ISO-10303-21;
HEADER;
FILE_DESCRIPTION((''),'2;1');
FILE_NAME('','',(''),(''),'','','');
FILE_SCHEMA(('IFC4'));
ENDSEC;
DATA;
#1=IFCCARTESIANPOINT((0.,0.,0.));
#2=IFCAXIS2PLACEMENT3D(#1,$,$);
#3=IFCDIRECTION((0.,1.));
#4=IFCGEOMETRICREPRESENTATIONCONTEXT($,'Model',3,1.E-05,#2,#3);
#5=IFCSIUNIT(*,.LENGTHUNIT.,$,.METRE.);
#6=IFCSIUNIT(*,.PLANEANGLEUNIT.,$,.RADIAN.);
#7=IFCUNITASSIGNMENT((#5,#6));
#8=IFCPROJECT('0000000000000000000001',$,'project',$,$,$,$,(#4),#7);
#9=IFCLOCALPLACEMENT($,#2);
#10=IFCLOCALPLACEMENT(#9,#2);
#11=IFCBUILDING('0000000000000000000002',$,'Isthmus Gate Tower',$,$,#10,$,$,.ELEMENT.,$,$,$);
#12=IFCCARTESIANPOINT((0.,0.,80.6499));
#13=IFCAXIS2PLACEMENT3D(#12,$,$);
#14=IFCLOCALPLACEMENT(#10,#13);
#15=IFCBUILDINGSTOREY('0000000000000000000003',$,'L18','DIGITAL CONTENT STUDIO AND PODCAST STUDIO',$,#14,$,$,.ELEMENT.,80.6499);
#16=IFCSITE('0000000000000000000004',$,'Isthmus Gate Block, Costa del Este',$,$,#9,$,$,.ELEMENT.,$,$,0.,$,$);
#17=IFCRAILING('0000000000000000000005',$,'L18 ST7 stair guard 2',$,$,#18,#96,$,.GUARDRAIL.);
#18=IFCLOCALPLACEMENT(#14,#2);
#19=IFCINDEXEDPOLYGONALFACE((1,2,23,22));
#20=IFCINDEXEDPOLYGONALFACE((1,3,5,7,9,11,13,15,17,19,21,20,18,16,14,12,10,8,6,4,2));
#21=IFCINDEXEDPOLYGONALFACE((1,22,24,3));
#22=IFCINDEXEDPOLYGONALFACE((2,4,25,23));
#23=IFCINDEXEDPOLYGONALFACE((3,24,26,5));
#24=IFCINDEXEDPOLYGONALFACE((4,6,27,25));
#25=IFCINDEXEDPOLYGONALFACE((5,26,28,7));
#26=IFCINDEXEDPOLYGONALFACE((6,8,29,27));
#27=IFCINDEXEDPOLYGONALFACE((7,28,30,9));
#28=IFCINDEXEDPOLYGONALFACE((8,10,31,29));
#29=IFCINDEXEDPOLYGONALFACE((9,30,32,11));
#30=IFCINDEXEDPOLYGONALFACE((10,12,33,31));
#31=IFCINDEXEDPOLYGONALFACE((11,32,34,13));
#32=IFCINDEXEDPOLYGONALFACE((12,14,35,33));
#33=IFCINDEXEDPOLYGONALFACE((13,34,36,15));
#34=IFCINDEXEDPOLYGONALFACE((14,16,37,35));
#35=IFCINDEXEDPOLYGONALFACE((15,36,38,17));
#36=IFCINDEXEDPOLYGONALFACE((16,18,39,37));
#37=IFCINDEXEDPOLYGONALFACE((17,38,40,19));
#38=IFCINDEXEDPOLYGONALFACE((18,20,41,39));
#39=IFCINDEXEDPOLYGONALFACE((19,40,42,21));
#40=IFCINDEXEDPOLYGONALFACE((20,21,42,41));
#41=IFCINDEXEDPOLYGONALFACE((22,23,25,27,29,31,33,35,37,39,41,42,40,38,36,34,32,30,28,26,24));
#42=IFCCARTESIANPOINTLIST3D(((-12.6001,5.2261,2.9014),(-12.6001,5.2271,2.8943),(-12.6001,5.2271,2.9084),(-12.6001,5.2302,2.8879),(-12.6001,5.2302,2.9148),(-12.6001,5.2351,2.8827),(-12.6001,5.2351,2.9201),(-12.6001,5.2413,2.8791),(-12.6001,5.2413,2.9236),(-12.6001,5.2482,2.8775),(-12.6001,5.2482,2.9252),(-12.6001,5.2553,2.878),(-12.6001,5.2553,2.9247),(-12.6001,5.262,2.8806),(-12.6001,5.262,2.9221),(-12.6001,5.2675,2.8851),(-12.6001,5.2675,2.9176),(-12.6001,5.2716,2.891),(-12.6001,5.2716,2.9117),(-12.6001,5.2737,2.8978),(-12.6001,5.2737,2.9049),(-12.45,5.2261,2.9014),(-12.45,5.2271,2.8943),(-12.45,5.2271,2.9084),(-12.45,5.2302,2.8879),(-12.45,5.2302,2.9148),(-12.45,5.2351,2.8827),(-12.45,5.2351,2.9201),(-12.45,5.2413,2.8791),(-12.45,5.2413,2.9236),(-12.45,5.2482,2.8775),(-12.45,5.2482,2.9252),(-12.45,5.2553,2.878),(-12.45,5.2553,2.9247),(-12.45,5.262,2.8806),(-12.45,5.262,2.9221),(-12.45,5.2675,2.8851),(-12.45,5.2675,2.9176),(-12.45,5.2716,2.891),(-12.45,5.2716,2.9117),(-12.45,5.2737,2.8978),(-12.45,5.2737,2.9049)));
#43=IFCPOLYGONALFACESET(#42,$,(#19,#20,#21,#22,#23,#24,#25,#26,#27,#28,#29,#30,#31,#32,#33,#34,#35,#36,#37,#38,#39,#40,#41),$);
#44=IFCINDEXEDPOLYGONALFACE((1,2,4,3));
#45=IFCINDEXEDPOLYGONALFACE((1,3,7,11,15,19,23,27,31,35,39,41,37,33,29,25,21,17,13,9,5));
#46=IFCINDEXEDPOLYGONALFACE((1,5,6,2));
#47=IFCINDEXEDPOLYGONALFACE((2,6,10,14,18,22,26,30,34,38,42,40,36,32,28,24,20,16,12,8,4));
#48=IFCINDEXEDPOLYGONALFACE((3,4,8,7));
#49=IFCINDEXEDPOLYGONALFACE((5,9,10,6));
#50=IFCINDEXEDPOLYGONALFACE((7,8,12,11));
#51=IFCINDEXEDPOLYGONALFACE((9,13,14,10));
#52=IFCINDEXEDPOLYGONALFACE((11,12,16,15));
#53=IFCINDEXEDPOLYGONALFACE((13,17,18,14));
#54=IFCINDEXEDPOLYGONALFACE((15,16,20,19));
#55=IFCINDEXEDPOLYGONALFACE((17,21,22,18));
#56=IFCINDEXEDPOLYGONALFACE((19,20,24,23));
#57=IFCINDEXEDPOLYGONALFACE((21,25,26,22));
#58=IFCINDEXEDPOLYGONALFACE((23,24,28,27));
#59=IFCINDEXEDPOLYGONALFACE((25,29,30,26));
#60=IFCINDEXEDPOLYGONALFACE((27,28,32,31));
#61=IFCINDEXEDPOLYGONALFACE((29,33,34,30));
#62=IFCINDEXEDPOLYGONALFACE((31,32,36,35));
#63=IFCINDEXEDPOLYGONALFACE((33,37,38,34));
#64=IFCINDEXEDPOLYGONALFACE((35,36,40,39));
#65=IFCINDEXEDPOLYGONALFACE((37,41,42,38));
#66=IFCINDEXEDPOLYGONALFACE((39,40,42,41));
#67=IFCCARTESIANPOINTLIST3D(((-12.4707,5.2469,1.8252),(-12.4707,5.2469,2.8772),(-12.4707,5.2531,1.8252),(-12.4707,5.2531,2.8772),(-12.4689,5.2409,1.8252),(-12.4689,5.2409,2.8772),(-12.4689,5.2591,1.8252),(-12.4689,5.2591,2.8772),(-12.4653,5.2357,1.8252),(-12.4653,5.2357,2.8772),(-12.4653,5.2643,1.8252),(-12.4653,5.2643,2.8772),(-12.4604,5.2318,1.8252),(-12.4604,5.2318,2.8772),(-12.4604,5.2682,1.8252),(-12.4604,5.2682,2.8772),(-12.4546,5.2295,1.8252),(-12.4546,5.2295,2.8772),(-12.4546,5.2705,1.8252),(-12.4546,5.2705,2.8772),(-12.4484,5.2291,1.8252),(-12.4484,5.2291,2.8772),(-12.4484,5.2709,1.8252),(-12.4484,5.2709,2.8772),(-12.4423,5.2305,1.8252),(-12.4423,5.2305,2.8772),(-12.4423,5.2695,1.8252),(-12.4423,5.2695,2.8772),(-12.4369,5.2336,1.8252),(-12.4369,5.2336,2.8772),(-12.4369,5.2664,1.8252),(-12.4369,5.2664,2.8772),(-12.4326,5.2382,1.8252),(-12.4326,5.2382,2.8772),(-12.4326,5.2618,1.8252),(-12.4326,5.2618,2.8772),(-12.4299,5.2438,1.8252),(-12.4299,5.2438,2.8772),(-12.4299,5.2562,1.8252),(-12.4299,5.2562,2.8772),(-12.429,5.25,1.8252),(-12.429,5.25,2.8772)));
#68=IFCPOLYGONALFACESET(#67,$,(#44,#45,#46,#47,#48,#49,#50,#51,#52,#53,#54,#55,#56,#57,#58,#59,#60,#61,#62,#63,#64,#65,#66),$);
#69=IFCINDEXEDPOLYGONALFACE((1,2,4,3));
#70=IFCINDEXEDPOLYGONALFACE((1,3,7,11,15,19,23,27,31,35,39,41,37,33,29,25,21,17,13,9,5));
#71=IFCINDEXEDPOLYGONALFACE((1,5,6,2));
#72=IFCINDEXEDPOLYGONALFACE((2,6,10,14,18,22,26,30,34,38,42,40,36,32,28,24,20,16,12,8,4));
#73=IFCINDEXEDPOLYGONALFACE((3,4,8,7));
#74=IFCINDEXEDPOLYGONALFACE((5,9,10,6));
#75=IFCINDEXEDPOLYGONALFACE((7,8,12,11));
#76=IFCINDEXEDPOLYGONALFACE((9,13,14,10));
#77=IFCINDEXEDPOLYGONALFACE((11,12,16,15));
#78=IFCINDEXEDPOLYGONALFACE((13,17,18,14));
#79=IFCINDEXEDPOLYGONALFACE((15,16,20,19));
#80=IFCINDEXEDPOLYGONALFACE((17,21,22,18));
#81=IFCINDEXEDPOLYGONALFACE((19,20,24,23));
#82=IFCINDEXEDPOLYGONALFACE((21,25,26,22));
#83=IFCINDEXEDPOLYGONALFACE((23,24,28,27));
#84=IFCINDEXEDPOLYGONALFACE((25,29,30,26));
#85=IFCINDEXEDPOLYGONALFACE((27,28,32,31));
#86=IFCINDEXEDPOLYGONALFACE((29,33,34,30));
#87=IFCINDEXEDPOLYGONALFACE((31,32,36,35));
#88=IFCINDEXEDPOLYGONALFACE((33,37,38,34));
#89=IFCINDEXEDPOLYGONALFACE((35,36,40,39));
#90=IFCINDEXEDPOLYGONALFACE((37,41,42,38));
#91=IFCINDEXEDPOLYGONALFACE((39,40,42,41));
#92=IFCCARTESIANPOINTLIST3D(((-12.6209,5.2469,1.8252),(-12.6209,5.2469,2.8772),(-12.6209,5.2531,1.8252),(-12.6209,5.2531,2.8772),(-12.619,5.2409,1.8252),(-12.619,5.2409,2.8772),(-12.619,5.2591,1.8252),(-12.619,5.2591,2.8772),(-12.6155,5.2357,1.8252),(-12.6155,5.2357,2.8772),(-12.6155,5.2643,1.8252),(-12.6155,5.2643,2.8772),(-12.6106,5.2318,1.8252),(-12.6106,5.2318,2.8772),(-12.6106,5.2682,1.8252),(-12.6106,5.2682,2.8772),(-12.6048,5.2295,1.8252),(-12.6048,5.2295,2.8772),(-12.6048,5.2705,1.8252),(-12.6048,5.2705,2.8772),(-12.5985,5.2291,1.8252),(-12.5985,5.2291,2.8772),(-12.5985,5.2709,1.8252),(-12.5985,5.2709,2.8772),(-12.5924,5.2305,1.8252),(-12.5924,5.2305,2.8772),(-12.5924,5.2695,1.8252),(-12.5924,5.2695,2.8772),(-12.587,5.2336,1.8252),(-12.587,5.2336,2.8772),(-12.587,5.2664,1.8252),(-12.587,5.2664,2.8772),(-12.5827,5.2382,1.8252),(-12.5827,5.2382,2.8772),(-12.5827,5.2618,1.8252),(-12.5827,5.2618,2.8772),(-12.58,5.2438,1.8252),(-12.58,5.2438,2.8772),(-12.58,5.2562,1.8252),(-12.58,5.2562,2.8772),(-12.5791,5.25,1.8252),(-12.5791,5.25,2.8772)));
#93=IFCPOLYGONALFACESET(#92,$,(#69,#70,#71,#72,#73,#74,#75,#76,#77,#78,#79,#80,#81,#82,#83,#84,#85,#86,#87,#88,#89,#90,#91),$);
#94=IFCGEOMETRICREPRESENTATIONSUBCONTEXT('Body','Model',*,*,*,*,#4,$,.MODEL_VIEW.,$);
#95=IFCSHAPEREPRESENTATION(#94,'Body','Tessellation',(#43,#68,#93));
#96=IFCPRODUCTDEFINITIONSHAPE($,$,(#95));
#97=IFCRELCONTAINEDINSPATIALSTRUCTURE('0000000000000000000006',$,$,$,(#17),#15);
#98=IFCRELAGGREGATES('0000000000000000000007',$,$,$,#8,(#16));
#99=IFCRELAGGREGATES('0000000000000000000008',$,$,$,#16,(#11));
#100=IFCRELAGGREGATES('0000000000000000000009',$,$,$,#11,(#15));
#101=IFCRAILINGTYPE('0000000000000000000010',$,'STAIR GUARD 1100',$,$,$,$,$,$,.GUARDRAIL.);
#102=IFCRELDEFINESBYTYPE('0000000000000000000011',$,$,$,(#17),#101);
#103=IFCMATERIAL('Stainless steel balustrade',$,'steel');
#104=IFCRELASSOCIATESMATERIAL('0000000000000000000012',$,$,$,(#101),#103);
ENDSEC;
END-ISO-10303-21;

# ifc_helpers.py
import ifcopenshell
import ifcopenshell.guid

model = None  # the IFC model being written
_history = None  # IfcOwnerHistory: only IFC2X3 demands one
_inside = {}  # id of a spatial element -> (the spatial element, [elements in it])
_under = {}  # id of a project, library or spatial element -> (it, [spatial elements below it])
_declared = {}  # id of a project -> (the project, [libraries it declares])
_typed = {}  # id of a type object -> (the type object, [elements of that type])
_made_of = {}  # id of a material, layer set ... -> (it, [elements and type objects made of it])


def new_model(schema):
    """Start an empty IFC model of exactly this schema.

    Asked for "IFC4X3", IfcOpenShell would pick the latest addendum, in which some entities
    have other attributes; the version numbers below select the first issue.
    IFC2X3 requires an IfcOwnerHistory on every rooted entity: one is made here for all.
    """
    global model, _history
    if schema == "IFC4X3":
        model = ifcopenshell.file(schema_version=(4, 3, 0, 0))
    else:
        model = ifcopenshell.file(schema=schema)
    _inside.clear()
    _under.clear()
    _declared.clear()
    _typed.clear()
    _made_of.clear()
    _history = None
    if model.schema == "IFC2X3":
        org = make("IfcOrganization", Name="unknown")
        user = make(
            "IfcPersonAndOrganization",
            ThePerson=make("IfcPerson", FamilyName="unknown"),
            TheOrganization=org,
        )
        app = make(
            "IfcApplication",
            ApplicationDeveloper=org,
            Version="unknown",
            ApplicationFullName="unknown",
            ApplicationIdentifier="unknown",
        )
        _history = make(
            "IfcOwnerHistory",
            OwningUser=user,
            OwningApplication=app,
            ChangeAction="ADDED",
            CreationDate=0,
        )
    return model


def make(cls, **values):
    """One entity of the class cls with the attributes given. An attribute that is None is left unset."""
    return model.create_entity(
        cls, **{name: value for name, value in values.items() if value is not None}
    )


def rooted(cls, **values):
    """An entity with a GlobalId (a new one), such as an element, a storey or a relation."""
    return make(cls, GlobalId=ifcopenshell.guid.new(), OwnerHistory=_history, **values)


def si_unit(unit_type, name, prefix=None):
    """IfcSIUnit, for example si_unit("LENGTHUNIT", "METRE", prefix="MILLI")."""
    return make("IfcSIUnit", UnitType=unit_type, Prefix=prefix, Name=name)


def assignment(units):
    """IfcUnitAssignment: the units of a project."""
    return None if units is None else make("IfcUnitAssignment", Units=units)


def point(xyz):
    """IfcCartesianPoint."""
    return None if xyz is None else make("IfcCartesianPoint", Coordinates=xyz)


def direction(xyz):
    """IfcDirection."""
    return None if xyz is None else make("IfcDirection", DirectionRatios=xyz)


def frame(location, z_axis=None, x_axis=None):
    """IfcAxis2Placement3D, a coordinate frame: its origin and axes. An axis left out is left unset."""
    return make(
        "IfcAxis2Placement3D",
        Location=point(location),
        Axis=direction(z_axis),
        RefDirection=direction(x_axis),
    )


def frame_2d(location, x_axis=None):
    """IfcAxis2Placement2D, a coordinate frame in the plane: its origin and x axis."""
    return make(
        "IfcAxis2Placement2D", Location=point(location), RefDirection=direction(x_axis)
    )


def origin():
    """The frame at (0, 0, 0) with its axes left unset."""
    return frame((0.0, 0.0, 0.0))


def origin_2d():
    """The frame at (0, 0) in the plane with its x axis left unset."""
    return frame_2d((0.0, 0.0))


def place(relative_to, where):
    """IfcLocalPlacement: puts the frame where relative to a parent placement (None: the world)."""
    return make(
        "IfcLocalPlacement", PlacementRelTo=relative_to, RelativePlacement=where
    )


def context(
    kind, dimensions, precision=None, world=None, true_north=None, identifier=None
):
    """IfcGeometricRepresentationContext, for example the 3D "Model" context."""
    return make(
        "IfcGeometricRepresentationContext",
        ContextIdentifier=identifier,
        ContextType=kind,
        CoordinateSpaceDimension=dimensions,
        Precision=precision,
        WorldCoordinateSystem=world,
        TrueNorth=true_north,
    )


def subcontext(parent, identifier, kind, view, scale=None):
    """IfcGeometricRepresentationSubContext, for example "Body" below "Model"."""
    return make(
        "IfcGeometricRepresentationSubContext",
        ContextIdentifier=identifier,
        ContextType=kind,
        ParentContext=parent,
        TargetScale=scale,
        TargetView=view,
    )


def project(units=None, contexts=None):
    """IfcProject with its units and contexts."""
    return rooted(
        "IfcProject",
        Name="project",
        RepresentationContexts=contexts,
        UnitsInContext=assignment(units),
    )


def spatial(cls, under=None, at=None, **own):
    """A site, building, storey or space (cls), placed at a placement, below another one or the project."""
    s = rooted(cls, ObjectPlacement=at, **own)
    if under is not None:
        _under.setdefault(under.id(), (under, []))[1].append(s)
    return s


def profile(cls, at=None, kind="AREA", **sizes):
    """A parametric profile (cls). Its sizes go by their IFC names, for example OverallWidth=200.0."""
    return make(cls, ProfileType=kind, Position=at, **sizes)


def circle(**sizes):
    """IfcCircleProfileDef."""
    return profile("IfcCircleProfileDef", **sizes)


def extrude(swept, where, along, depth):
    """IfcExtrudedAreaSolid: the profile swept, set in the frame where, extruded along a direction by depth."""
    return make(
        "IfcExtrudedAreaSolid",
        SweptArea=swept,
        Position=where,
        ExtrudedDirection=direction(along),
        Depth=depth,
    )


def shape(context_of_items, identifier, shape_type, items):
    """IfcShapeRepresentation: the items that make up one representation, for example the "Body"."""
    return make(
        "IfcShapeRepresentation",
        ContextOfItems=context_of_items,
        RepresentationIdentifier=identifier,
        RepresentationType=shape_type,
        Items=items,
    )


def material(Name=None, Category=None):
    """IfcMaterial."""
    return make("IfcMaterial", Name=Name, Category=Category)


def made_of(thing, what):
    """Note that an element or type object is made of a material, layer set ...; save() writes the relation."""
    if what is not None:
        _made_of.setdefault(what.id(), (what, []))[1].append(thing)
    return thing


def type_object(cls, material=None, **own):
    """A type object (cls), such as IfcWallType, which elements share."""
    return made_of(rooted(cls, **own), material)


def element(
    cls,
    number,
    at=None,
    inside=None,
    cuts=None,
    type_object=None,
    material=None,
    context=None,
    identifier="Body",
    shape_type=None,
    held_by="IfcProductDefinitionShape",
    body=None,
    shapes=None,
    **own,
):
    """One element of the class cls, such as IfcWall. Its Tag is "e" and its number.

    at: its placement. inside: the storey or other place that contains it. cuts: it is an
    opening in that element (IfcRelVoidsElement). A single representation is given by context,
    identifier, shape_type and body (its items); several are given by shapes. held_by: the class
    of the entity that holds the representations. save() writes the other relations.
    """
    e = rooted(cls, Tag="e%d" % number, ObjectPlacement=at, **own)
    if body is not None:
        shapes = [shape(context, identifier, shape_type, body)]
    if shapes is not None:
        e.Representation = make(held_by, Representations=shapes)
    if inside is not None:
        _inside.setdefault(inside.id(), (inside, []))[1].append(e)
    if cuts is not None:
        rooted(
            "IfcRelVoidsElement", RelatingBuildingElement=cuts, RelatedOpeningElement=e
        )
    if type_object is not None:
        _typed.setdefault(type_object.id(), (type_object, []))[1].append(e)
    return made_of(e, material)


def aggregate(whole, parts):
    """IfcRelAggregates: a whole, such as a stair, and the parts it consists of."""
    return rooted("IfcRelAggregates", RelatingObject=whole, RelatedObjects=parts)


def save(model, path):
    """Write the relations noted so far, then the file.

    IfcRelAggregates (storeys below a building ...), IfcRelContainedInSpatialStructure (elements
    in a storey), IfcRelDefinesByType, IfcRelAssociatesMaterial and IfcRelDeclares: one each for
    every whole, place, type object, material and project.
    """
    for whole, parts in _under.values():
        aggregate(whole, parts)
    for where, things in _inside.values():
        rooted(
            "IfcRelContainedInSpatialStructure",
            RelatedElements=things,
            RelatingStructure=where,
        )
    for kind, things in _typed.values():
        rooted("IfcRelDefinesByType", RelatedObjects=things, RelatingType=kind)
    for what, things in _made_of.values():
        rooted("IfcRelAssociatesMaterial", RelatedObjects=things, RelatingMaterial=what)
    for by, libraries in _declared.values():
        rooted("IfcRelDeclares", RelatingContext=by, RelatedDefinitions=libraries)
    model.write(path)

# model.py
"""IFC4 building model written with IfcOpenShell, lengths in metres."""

from ifc_helpers import new_model, si_unit, direction, frame, origin, origin_2d, place, context, subcontext, project, spatial, circle, extrude, material, type_object, element, save


model = new_model("IFC4")

# Units and contexts
model_context = context("Model", 3, precision=1e-05, world=origin(), true_north=direction((0.0, 1.0)))
body_context = subcontext(model_context, "Body", "Model", "MODEL_VIEW")
ifc_project = project(units=[si_unit("LENGTHUNIT", "METRE"), si_unit("PLANEANGLEUNIT", "RADIAN")], contexts=[model_context])

# Site, building, storey
site_placement = place(None, origin())
site = spatial("IfcSite", under=ifc_project, at=site_placement, Name="Isthmus Gate Block, Costa del Este", CompositionType="ELEMENT", RefElevation=0.0)
building_placement = place(site_placement, origin())
building = spatial("IfcBuilding", under=site, at=building_placement, Name="Isthmus Gate Tower", CompositionType="ELEMENT")
storey_placement = place(building_placement, frame((0.0, 0.0, 80.6499)))
storey = spatial("IfcBuildingStorey", under=building, at=storey_placement, Name="L18", Description="DIGITAL CONTENT STUDIO AND PODCAST STUDIO", CompositionType="ELEMENT", Elevation=80.6499)

# Railing
ifc_material_1 = material(Name="Stainless steel balustrade", Category="steel")
railing_type_1 = type_object("IfcRailingType", Name="STAIR GUARD 1100", PredefinedType="GUARDRAIL", material=ifc_material_1)
railing_1_placement = place(storey_placement, frame((-12.45, 5.25, 1.8252)))
element("IfcRailing", 1, at=railing_1_placement, inside=storey, type_object=railing_type_1, Name="L18 ST7 stair guard 2", PredefinedType="GUARDRAIL", context=body_context, shape_type="SweptSolid", body=[
    extrude(circle(Radius=0.0239, at=origin_2d()), frame((0.0, 0.0, 1.0762), z_axis=(-1.0, 0.0, 0.0), x_axis=(0.0, -1.0, 0.0)), (0.0, 0.0, 1.0), 0.1501),
    extrude(circle(Radius=0.021, at=origin_2d()), origin(), (0.0, 0.0, 1.0), 1.052),
    extrude(circle(Radius=0.021, at=origin_2d()), frame((-0.1501, 0.0, 0.0)), (0.0, 0.0, 1.0), 1.052),
])

save(model, "model.ifc")
